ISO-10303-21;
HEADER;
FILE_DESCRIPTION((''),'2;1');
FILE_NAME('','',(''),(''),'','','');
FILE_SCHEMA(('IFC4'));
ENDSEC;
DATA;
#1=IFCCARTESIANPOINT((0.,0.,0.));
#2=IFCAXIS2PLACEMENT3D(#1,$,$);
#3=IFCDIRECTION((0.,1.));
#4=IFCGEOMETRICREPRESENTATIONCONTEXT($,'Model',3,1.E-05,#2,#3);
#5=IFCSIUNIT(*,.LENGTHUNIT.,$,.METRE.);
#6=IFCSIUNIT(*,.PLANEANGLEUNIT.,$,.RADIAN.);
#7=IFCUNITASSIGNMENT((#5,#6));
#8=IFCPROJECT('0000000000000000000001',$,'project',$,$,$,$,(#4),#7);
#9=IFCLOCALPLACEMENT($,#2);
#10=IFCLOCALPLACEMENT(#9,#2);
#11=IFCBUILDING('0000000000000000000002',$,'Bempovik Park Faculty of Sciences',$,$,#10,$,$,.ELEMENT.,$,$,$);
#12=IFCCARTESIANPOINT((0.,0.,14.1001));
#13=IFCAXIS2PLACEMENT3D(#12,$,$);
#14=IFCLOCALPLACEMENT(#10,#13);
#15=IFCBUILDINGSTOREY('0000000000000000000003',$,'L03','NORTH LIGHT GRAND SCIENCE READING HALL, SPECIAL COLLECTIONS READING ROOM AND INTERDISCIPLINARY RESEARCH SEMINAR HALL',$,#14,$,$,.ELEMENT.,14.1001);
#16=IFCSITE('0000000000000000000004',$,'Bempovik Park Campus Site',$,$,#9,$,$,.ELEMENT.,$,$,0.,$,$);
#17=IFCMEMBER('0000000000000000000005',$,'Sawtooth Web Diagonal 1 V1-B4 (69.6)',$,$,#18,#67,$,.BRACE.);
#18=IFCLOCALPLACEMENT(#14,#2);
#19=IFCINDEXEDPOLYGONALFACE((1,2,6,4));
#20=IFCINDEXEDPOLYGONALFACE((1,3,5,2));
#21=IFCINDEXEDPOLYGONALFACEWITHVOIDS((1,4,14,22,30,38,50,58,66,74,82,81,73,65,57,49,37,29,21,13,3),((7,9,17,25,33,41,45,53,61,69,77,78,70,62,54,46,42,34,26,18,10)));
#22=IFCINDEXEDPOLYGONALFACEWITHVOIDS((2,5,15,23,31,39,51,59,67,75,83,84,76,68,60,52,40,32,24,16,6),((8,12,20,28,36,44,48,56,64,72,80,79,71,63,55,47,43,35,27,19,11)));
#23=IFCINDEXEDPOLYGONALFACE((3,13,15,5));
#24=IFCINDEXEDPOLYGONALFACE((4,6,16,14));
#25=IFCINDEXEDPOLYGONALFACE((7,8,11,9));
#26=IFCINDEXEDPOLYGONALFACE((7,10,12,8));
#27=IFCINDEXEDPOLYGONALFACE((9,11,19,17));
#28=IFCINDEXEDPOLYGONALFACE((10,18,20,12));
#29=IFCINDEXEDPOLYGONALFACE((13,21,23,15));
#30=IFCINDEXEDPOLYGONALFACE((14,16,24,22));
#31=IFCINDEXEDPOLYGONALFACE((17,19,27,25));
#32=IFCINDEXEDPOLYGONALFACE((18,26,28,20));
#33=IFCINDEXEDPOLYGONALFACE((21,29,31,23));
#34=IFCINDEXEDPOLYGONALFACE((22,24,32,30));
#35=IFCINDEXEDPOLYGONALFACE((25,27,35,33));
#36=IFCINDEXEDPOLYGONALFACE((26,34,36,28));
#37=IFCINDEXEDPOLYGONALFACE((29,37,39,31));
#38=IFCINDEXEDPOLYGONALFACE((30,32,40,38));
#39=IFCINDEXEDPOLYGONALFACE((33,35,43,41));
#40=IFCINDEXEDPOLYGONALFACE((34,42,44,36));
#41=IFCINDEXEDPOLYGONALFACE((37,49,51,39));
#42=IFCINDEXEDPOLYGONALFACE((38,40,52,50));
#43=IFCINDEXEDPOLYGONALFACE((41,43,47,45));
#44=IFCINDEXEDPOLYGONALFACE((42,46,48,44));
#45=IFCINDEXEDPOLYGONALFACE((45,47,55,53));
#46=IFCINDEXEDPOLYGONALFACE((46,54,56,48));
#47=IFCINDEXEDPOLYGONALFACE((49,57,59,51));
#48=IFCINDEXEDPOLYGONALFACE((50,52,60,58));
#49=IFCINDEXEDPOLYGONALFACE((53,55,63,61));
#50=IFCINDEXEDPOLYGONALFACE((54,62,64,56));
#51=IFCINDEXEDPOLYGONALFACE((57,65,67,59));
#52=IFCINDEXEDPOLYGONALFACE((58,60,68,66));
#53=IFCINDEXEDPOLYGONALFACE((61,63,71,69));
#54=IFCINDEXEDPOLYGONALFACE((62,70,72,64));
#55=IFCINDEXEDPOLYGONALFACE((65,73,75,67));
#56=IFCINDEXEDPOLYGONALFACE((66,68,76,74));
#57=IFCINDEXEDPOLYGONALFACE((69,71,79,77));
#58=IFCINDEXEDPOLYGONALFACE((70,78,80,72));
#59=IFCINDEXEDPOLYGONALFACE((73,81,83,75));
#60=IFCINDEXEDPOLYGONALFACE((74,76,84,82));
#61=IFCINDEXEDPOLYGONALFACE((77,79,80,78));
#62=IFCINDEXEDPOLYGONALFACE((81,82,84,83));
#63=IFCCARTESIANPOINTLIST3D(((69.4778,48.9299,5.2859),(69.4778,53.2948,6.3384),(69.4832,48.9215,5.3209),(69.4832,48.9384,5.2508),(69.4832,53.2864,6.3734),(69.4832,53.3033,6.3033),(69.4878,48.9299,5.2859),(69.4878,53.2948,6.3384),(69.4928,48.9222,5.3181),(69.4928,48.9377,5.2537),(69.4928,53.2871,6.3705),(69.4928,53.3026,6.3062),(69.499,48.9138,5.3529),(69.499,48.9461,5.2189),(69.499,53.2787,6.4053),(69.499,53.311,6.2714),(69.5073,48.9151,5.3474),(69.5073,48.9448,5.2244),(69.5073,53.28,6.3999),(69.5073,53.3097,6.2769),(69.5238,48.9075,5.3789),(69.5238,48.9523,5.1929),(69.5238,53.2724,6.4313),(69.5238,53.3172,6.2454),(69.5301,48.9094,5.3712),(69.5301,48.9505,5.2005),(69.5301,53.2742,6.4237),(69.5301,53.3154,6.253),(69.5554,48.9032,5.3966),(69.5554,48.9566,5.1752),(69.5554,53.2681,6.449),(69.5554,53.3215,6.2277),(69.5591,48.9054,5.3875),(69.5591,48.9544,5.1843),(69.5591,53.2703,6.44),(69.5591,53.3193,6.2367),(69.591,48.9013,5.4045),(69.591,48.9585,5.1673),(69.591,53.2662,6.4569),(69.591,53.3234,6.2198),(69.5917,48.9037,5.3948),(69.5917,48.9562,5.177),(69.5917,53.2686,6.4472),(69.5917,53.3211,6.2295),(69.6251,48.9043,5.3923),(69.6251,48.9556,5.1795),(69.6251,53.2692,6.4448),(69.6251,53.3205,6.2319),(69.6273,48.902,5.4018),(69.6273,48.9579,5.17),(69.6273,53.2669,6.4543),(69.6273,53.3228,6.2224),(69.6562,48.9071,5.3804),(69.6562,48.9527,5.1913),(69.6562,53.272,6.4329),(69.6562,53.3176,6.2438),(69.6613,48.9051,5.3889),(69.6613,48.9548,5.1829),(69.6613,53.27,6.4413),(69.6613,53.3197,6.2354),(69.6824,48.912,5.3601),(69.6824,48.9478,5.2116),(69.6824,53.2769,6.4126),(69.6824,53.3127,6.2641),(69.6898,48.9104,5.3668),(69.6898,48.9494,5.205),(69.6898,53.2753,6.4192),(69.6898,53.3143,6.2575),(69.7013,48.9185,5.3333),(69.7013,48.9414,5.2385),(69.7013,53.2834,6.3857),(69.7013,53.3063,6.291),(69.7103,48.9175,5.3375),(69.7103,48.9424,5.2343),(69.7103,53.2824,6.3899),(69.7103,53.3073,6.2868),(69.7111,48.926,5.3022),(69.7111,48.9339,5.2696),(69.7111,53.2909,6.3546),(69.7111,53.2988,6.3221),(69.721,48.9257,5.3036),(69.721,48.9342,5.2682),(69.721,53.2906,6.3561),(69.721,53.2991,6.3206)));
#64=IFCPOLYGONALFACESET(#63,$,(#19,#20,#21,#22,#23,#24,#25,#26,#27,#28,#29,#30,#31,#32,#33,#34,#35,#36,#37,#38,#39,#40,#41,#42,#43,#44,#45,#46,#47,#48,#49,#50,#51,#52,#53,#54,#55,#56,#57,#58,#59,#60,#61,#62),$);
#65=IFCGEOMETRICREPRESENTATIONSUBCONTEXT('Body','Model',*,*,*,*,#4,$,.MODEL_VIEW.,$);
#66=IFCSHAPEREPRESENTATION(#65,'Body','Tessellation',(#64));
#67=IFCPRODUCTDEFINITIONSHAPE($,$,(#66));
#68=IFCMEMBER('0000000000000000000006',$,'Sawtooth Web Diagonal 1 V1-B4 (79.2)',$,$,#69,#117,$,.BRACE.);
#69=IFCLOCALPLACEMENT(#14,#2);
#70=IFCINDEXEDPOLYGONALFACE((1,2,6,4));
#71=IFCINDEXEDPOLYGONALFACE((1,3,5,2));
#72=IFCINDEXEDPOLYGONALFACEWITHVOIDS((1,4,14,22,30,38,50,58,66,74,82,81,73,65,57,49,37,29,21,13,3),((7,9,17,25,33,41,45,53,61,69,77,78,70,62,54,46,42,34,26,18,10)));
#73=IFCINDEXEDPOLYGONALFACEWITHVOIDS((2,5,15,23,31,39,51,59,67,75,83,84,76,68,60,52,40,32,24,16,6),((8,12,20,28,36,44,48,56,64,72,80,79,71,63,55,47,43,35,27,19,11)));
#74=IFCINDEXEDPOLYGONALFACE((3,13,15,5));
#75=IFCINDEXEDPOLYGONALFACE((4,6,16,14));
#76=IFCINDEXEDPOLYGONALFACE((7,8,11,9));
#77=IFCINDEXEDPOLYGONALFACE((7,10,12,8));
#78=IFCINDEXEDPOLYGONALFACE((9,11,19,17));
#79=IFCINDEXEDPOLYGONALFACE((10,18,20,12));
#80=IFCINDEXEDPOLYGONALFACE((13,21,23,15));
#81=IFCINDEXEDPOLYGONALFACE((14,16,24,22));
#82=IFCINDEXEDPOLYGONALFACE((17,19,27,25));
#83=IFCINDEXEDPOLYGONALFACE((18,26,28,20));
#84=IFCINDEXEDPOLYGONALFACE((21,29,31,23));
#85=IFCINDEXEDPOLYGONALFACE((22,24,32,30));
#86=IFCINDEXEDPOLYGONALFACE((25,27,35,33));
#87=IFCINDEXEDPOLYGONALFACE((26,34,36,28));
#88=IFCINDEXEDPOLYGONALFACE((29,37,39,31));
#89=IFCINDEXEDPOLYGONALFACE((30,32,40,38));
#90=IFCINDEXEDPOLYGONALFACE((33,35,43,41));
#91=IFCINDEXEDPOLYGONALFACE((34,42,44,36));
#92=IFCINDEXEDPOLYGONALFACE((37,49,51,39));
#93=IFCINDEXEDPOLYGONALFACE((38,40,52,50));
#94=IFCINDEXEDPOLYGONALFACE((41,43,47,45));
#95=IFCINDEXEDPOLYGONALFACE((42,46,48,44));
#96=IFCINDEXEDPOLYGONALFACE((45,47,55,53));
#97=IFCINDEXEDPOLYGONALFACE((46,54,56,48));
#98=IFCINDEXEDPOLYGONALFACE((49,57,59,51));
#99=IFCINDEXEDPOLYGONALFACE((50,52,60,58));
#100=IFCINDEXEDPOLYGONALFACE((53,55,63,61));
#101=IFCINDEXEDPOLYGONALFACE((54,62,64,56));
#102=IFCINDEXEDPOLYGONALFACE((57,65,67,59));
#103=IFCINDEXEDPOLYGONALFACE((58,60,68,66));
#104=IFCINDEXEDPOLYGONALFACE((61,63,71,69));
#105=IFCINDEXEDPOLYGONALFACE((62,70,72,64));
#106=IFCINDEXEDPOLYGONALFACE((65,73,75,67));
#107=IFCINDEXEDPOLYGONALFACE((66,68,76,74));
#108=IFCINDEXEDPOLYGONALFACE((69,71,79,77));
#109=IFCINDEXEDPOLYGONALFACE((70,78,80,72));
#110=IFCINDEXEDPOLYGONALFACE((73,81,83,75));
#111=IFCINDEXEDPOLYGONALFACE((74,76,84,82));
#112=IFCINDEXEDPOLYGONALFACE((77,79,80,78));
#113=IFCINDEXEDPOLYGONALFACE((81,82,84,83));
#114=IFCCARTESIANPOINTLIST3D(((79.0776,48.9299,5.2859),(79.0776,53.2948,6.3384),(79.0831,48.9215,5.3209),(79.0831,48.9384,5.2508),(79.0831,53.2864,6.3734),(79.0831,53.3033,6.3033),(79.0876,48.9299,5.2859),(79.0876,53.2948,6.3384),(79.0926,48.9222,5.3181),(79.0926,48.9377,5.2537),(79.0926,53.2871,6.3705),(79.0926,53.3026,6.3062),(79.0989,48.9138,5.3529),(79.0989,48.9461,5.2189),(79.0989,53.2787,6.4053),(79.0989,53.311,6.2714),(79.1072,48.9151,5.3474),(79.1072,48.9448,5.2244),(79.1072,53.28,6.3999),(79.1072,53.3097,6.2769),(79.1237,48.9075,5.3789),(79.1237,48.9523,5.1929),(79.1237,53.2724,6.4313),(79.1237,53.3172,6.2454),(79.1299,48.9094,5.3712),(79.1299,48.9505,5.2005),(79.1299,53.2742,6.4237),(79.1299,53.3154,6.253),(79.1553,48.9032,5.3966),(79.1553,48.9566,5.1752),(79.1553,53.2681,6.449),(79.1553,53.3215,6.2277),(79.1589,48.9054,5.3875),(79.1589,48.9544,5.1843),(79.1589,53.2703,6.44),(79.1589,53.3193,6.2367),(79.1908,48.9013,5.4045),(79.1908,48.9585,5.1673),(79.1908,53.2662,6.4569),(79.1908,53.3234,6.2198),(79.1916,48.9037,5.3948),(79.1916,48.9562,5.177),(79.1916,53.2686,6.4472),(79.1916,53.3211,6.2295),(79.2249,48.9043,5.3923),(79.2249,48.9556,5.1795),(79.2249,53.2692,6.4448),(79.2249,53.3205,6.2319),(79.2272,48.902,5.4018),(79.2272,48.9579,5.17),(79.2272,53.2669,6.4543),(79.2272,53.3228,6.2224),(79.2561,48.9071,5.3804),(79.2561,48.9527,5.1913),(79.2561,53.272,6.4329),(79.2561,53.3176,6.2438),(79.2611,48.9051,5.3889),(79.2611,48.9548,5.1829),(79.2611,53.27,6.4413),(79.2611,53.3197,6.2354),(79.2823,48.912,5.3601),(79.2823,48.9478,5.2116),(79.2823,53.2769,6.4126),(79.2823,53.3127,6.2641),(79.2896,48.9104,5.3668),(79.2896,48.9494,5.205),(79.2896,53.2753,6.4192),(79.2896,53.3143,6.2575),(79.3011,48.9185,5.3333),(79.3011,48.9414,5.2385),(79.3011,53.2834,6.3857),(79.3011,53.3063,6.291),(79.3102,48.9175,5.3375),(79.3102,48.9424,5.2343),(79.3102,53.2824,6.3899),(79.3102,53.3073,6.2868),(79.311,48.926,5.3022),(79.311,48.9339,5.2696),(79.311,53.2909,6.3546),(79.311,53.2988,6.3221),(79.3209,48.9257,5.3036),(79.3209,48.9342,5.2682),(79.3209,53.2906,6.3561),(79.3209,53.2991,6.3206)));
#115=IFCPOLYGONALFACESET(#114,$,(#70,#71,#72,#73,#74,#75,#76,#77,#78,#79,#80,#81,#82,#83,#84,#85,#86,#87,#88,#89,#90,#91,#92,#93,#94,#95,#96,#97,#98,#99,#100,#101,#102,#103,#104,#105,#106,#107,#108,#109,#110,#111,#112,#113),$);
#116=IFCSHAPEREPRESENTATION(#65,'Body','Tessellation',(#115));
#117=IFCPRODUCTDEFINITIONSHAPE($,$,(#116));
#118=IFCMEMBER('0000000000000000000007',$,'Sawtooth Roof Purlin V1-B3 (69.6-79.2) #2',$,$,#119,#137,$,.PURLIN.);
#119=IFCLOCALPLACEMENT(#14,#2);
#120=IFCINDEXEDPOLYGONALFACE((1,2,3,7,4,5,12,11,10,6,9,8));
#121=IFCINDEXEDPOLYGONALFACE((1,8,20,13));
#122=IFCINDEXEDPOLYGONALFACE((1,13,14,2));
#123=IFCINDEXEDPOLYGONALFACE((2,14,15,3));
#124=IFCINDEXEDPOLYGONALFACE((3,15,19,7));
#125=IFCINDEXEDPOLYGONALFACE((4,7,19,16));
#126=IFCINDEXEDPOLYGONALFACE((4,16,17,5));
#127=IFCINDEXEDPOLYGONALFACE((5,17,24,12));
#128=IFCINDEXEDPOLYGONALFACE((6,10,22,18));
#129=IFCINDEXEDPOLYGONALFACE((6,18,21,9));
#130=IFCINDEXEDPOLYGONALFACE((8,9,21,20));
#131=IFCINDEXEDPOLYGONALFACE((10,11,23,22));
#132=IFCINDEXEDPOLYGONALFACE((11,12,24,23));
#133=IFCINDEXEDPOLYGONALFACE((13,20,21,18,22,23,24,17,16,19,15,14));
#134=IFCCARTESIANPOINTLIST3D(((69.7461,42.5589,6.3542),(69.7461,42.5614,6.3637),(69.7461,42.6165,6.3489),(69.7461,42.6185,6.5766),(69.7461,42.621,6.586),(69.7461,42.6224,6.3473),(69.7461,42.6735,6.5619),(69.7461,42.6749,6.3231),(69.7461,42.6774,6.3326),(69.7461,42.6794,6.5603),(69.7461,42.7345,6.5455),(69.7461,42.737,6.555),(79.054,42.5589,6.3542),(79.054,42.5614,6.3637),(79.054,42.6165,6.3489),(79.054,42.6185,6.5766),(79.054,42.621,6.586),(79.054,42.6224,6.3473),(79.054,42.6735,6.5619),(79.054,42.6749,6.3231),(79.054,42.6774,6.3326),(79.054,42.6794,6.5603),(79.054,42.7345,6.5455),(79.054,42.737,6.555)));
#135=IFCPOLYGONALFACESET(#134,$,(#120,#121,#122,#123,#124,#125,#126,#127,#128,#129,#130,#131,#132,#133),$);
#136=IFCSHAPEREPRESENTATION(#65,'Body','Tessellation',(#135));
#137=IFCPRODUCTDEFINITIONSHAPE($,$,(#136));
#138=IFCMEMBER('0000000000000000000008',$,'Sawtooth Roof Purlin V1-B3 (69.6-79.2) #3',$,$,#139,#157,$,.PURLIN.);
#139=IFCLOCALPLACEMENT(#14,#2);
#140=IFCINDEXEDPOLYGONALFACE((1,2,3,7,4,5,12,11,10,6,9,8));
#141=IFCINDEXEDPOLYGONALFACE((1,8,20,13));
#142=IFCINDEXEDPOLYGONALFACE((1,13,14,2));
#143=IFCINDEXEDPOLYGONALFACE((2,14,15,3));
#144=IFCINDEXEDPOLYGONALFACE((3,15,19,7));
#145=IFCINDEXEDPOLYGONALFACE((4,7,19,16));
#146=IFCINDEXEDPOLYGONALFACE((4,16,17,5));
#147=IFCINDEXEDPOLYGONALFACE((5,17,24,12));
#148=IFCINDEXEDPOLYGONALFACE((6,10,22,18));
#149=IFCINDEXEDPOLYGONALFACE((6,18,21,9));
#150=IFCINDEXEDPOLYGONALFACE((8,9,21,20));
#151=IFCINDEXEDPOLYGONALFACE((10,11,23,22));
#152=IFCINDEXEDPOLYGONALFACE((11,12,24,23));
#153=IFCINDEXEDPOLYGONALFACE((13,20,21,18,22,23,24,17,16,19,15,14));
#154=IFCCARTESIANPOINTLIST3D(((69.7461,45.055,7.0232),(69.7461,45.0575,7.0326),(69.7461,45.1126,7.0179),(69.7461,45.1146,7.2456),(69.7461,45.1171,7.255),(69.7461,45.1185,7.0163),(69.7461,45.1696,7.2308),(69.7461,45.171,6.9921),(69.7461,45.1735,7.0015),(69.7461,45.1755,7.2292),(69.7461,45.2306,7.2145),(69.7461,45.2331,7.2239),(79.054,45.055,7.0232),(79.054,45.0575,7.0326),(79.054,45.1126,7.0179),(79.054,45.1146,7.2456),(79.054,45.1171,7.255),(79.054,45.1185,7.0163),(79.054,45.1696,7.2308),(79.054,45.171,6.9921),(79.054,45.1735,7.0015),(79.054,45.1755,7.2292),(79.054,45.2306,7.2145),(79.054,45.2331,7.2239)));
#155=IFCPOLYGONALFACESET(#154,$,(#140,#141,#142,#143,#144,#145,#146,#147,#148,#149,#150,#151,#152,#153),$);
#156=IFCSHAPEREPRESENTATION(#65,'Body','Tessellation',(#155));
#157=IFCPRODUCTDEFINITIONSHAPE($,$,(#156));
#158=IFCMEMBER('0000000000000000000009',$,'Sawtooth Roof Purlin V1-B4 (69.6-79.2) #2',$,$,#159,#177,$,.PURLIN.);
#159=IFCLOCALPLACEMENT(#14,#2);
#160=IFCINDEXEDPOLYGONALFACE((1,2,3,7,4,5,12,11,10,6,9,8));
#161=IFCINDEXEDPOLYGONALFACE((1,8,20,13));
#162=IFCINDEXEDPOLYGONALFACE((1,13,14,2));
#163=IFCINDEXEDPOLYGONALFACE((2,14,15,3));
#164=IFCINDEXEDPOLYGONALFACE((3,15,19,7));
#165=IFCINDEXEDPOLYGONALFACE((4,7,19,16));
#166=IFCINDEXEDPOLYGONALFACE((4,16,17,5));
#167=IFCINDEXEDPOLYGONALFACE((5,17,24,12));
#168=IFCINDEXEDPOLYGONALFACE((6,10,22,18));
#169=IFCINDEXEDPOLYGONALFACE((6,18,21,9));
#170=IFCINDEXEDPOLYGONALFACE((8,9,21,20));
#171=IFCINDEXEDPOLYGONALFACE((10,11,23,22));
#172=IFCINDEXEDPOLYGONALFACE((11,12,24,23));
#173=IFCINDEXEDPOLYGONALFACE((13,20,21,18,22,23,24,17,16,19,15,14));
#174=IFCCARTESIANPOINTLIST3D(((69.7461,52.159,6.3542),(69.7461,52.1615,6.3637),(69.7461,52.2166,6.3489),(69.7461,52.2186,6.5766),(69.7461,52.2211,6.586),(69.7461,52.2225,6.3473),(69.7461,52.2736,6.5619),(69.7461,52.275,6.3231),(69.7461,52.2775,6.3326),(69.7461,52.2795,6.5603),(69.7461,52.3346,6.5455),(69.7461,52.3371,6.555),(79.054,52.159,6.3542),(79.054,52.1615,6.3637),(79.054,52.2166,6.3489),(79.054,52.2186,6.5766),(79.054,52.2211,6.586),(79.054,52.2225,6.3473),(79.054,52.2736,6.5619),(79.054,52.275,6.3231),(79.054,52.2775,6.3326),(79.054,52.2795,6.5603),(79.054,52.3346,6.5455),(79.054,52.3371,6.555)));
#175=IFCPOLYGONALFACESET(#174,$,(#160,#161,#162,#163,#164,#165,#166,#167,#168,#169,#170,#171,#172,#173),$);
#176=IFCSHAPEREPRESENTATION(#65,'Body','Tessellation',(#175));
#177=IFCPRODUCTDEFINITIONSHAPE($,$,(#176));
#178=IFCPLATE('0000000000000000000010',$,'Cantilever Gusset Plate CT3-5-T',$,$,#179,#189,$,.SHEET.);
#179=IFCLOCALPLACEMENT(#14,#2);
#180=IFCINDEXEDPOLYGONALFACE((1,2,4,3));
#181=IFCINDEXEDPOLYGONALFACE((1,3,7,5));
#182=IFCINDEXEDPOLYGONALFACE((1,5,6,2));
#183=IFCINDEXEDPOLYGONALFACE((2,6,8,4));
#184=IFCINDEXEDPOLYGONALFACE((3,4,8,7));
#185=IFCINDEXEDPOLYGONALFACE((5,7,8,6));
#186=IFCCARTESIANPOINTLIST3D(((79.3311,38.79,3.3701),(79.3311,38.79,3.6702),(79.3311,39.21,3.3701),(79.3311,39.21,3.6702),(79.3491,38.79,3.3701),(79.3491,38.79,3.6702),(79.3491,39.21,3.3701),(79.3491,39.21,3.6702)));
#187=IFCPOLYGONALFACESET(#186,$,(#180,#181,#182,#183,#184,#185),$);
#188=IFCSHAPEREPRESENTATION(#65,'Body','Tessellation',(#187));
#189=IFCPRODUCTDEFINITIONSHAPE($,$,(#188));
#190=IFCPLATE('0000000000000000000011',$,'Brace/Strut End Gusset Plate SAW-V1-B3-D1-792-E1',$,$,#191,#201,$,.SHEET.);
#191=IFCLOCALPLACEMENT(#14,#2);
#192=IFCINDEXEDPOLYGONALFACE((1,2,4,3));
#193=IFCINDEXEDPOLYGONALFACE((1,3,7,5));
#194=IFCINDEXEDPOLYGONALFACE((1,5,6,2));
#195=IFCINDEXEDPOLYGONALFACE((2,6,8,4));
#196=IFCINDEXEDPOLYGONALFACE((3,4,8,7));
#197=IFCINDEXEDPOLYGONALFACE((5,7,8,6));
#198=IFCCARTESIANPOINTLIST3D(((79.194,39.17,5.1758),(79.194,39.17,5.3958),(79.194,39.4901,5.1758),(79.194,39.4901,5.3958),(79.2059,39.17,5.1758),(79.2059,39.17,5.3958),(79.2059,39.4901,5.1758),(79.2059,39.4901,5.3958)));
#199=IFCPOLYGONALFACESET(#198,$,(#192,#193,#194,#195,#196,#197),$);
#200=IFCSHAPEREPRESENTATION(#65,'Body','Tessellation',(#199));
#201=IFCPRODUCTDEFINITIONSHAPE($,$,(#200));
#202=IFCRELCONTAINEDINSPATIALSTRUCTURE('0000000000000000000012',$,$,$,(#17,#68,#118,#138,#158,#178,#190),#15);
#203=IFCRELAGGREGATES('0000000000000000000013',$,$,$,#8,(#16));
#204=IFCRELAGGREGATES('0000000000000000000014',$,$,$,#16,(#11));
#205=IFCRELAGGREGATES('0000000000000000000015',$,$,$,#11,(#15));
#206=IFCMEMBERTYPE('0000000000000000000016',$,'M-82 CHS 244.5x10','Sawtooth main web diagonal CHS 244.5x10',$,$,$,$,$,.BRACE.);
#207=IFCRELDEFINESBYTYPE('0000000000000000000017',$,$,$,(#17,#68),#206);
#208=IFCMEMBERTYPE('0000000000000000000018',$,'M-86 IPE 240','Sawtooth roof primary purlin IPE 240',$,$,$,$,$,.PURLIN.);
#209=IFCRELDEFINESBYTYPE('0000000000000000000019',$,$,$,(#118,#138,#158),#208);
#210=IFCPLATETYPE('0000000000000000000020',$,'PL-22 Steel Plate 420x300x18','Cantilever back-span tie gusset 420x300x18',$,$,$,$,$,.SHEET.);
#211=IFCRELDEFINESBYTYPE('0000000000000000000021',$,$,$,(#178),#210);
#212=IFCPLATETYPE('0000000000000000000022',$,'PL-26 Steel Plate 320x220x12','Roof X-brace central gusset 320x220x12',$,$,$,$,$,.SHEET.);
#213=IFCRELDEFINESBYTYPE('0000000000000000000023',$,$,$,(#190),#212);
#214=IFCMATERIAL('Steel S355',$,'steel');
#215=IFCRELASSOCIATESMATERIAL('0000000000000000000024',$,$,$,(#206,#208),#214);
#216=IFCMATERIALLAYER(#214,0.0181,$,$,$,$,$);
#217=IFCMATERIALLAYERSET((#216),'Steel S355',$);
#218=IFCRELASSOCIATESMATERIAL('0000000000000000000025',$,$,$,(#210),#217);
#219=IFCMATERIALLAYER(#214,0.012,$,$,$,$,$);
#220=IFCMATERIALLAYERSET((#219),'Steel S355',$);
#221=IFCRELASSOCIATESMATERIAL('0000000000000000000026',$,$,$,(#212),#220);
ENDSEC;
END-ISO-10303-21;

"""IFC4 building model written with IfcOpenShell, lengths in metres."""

from ifc_helpers import new_model, si_unit, direction, frame, origin, origin_2d, place, context, subcontext, project, spatial, rectangle, hollow_circle, i_section, extrude, material, layer, layer_set, material_profile, profile_set, type_object, element, save


model = new_model("IFC4")

# Units and contexts
model_context = context("Model", 3, precision=1e-05, world=origin(), true_north=direction((0.0, 1.0)))
body_context = subcontext(model_context, "Body", "Model", "MODEL_VIEW")
ifc_project = project(units=[si_unit("LENGTHUNIT", "METRE"), si_unit("PLANEANGLEUNIT", "RADIAN")], contexts=[model_context])

# Site, building, storey
site_placement = place(None, origin())
site = spatial("IfcSite", under=ifc_project, at=site_placement, Name="Bempovik Park Campus Site", CompositionType="ELEMENT", RefElevation=0.0)
building_placement = place(site_placement, origin())
building = spatial("IfcBuilding", under=site, at=building_placement, Name="Bempovik Park Faculty of Sciences", CompositionType="ELEMENT")
storey_placement = place(building_placement, frame((0.0, 0.0, 14.1001)))
storey = spatial("IfcBuildingStorey", under=building, at=storey_placement, Name="L03", Description="NORTH LIGHT GRAND SCIENCE READING HALL, SPECIAL COLLECTIONS READING ROOM AND INTERDISCIPLINARY RESEARCH SEMINAR HALL", CompositionType="ELEMENT", Elevation=14.1001)

# Shared definitions
ifc_material_1 = material(Name="Steel S355", Category="steel")

# Members
ifc_material_profile_1 = material_profile(ifc_material_1, hollow_circle(Radius=0.1223, WallThickness=0.01, at=origin_2d()), Name="CHS 244.5x10")
ifc_profile_set_1 = profile_set([ifc_material_profile_1], Name="Steel S355")
member_type_1 = type_object("IfcMemberType", Name="M-82 CHS 244.5x10", Description="Sawtooth main web diagonal CHS 244.5x10", PredefinedType="BRACE", material=ifc_profile_set_1)
for number, where, z_axis, x_axis, name in (
    (1, (69.6001, 48.9299, 5.2859), (0.0, 0.972139, 0.234403), (-1.0, 0.0, 0.0), "Sawtooth Web Diagonal 1 V1-B4 (69.6)"),
    (2, (79.2, 48.9299, 5.2859), (0.0, 0.972139, 0.234403), (-1.0, 0.0, 0.0), "Sawtooth Web Diagonal 1 V1-B4 (79.2)"),
):
    element("IfcMember", number, at=place(storey_placement, frame(where, z_axis=z_axis, x_axis=x_axis)), inside=storey, type_object=member_type_1, Name=name, PredefinedType="BRACE", context=body_context, shape_type="SweptSolid", body=[
        extrude(hollow_circle(Radius=0.1223, WallThickness=0.01, at=origin_2d()), origin(), (0.0, 0.0, 1.0), 4.49),
    ])
ifc_material_profile_2 = material_profile(ifc_material_1, i_section(OverallWidth=0.1201, OverallDepth=0.24, WebThickness=0.0061, FlangeThickness=0.0098, at=origin_2d()), Name="IPE 240")
ifc_profile_set_2 = profile_set([ifc_material_profile_2], Name="Steel S355")
member_type_2 = type_object("IfcMemberType", Name="M-86 IPE 240", Description="Sawtooth roof primary purlin IPE 240", PredefinedType="PURLIN", material=ifc_profile_set_2)
for number, where, z_axis, x_axis, name in (
    (3, (69.7461, 42.6479, 6.4546), (1.0, 0.0, 0.0), (0.0, 0.965926, -0.258819), "Sawtooth Roof Purlin V1-B3 (69.6-79.2) #2"),
    (4, (69.7461, 45.144, 7.1235), (1.0, 0.0, 0.0), (0.0, 0.965926, -0.258819), "Sawtooth Roof Purlin V1-B3 (69.6-79.2) #3"),
    (5, (69.7461, 52.248, 6.4546), (1.0, 0.0, 0.0), (0.0, 0.965926, -0.258819), "Sawtooth Roof Purlin V1-B4 (69.6-79.2) #2"),
):
    element("IfcMember", number, at=place(storey_placement, frame(where, z_axis=z_axis, x_axis=x_axis)), inside=storey, type_object=member_type_2, Name=name, PredefinedType="PURLIN", context=body_context, shape_type="SweptSolid", body=[
        extrude(i_section(OverallWidth=0.1201, OverallDepth=0.24, WebThickness=0.0061, FlangeThickness=0.0098, at=origin_2d()), origin(), (0.0, 0.0, 1.0), 9.3079),
    ])

# Plates
ifc_layer_1 = layer(ifc_material_1, 0.0181)
ifc_layer_set_1 = layer_set([ifc_layer_1], Name="Steel S355")
plate_type_1 = type_object("IfcPlateType", Name="PL-22 Steel Plate 420x300x18", Description="Cantilever back-span tie gusset 420x300x18", PredefinedType="SHEET", material=ifc_layer_set_1)
plate_1_placement = place(storey_placement, frame((79.3401, 39.0, 3.3701), z_axis=(0.0, 0.0, 1.0), x_axis=(1.0, 0.0, 0.0)))
element("IfcPlate", 6, at=plate_1_placement, inside=storey, type_object=plate_type_1, Name="Cantilever Gusset Plate CT3-5-T", PredefinedType="SHEET", context=body_context, shape_type="SweptSolid", body=[
    extrude(rectangle(XDim=0.0181, YDim=0.4199, at=origin_2d()), origin(), (0.0, 0.0, 1.0), 0.3),
])
ifc_layer_2 = layer(ifc_material_1, 0.012)
ifc_layer_set_2 = layer_set([ifc_layer_2], Name="Steel S355")
plate_type_2 = type_object("IfcPlateType", Name="PL-26 Steel Plate 320x220x12", Description="Roof X-brace central gusset 320x220x12", PredefinedType="SHEET", material=ifc_layer_set_2)
for number, where, z_axis, x_axis, name in (
    (7, (79.2, 39.3301, 5.1758), (0.0, 0.0, 1.0), (1.0, 0.0, 0.0), "Brace/Strut End Gusset Plate SAW-V1-B3-D1-792-E1"),
):
    element("IfcPlate", number, at=place(storey_placement, frame(where, z_axis=z_axis, x_axis=x_axis)), inside=storey, type_object=plate_type_2, Name=name, PredefinedType="SHEET", context=body_context, shape_type="SweptSolid", body=[
        extrude(rectangle(XDim=0.012, YDim=0.3201, at=origin_2d()), origin(), (0.0, 0.0, 1.0), 0.22),
    ])

save(model, "model.ifc")
